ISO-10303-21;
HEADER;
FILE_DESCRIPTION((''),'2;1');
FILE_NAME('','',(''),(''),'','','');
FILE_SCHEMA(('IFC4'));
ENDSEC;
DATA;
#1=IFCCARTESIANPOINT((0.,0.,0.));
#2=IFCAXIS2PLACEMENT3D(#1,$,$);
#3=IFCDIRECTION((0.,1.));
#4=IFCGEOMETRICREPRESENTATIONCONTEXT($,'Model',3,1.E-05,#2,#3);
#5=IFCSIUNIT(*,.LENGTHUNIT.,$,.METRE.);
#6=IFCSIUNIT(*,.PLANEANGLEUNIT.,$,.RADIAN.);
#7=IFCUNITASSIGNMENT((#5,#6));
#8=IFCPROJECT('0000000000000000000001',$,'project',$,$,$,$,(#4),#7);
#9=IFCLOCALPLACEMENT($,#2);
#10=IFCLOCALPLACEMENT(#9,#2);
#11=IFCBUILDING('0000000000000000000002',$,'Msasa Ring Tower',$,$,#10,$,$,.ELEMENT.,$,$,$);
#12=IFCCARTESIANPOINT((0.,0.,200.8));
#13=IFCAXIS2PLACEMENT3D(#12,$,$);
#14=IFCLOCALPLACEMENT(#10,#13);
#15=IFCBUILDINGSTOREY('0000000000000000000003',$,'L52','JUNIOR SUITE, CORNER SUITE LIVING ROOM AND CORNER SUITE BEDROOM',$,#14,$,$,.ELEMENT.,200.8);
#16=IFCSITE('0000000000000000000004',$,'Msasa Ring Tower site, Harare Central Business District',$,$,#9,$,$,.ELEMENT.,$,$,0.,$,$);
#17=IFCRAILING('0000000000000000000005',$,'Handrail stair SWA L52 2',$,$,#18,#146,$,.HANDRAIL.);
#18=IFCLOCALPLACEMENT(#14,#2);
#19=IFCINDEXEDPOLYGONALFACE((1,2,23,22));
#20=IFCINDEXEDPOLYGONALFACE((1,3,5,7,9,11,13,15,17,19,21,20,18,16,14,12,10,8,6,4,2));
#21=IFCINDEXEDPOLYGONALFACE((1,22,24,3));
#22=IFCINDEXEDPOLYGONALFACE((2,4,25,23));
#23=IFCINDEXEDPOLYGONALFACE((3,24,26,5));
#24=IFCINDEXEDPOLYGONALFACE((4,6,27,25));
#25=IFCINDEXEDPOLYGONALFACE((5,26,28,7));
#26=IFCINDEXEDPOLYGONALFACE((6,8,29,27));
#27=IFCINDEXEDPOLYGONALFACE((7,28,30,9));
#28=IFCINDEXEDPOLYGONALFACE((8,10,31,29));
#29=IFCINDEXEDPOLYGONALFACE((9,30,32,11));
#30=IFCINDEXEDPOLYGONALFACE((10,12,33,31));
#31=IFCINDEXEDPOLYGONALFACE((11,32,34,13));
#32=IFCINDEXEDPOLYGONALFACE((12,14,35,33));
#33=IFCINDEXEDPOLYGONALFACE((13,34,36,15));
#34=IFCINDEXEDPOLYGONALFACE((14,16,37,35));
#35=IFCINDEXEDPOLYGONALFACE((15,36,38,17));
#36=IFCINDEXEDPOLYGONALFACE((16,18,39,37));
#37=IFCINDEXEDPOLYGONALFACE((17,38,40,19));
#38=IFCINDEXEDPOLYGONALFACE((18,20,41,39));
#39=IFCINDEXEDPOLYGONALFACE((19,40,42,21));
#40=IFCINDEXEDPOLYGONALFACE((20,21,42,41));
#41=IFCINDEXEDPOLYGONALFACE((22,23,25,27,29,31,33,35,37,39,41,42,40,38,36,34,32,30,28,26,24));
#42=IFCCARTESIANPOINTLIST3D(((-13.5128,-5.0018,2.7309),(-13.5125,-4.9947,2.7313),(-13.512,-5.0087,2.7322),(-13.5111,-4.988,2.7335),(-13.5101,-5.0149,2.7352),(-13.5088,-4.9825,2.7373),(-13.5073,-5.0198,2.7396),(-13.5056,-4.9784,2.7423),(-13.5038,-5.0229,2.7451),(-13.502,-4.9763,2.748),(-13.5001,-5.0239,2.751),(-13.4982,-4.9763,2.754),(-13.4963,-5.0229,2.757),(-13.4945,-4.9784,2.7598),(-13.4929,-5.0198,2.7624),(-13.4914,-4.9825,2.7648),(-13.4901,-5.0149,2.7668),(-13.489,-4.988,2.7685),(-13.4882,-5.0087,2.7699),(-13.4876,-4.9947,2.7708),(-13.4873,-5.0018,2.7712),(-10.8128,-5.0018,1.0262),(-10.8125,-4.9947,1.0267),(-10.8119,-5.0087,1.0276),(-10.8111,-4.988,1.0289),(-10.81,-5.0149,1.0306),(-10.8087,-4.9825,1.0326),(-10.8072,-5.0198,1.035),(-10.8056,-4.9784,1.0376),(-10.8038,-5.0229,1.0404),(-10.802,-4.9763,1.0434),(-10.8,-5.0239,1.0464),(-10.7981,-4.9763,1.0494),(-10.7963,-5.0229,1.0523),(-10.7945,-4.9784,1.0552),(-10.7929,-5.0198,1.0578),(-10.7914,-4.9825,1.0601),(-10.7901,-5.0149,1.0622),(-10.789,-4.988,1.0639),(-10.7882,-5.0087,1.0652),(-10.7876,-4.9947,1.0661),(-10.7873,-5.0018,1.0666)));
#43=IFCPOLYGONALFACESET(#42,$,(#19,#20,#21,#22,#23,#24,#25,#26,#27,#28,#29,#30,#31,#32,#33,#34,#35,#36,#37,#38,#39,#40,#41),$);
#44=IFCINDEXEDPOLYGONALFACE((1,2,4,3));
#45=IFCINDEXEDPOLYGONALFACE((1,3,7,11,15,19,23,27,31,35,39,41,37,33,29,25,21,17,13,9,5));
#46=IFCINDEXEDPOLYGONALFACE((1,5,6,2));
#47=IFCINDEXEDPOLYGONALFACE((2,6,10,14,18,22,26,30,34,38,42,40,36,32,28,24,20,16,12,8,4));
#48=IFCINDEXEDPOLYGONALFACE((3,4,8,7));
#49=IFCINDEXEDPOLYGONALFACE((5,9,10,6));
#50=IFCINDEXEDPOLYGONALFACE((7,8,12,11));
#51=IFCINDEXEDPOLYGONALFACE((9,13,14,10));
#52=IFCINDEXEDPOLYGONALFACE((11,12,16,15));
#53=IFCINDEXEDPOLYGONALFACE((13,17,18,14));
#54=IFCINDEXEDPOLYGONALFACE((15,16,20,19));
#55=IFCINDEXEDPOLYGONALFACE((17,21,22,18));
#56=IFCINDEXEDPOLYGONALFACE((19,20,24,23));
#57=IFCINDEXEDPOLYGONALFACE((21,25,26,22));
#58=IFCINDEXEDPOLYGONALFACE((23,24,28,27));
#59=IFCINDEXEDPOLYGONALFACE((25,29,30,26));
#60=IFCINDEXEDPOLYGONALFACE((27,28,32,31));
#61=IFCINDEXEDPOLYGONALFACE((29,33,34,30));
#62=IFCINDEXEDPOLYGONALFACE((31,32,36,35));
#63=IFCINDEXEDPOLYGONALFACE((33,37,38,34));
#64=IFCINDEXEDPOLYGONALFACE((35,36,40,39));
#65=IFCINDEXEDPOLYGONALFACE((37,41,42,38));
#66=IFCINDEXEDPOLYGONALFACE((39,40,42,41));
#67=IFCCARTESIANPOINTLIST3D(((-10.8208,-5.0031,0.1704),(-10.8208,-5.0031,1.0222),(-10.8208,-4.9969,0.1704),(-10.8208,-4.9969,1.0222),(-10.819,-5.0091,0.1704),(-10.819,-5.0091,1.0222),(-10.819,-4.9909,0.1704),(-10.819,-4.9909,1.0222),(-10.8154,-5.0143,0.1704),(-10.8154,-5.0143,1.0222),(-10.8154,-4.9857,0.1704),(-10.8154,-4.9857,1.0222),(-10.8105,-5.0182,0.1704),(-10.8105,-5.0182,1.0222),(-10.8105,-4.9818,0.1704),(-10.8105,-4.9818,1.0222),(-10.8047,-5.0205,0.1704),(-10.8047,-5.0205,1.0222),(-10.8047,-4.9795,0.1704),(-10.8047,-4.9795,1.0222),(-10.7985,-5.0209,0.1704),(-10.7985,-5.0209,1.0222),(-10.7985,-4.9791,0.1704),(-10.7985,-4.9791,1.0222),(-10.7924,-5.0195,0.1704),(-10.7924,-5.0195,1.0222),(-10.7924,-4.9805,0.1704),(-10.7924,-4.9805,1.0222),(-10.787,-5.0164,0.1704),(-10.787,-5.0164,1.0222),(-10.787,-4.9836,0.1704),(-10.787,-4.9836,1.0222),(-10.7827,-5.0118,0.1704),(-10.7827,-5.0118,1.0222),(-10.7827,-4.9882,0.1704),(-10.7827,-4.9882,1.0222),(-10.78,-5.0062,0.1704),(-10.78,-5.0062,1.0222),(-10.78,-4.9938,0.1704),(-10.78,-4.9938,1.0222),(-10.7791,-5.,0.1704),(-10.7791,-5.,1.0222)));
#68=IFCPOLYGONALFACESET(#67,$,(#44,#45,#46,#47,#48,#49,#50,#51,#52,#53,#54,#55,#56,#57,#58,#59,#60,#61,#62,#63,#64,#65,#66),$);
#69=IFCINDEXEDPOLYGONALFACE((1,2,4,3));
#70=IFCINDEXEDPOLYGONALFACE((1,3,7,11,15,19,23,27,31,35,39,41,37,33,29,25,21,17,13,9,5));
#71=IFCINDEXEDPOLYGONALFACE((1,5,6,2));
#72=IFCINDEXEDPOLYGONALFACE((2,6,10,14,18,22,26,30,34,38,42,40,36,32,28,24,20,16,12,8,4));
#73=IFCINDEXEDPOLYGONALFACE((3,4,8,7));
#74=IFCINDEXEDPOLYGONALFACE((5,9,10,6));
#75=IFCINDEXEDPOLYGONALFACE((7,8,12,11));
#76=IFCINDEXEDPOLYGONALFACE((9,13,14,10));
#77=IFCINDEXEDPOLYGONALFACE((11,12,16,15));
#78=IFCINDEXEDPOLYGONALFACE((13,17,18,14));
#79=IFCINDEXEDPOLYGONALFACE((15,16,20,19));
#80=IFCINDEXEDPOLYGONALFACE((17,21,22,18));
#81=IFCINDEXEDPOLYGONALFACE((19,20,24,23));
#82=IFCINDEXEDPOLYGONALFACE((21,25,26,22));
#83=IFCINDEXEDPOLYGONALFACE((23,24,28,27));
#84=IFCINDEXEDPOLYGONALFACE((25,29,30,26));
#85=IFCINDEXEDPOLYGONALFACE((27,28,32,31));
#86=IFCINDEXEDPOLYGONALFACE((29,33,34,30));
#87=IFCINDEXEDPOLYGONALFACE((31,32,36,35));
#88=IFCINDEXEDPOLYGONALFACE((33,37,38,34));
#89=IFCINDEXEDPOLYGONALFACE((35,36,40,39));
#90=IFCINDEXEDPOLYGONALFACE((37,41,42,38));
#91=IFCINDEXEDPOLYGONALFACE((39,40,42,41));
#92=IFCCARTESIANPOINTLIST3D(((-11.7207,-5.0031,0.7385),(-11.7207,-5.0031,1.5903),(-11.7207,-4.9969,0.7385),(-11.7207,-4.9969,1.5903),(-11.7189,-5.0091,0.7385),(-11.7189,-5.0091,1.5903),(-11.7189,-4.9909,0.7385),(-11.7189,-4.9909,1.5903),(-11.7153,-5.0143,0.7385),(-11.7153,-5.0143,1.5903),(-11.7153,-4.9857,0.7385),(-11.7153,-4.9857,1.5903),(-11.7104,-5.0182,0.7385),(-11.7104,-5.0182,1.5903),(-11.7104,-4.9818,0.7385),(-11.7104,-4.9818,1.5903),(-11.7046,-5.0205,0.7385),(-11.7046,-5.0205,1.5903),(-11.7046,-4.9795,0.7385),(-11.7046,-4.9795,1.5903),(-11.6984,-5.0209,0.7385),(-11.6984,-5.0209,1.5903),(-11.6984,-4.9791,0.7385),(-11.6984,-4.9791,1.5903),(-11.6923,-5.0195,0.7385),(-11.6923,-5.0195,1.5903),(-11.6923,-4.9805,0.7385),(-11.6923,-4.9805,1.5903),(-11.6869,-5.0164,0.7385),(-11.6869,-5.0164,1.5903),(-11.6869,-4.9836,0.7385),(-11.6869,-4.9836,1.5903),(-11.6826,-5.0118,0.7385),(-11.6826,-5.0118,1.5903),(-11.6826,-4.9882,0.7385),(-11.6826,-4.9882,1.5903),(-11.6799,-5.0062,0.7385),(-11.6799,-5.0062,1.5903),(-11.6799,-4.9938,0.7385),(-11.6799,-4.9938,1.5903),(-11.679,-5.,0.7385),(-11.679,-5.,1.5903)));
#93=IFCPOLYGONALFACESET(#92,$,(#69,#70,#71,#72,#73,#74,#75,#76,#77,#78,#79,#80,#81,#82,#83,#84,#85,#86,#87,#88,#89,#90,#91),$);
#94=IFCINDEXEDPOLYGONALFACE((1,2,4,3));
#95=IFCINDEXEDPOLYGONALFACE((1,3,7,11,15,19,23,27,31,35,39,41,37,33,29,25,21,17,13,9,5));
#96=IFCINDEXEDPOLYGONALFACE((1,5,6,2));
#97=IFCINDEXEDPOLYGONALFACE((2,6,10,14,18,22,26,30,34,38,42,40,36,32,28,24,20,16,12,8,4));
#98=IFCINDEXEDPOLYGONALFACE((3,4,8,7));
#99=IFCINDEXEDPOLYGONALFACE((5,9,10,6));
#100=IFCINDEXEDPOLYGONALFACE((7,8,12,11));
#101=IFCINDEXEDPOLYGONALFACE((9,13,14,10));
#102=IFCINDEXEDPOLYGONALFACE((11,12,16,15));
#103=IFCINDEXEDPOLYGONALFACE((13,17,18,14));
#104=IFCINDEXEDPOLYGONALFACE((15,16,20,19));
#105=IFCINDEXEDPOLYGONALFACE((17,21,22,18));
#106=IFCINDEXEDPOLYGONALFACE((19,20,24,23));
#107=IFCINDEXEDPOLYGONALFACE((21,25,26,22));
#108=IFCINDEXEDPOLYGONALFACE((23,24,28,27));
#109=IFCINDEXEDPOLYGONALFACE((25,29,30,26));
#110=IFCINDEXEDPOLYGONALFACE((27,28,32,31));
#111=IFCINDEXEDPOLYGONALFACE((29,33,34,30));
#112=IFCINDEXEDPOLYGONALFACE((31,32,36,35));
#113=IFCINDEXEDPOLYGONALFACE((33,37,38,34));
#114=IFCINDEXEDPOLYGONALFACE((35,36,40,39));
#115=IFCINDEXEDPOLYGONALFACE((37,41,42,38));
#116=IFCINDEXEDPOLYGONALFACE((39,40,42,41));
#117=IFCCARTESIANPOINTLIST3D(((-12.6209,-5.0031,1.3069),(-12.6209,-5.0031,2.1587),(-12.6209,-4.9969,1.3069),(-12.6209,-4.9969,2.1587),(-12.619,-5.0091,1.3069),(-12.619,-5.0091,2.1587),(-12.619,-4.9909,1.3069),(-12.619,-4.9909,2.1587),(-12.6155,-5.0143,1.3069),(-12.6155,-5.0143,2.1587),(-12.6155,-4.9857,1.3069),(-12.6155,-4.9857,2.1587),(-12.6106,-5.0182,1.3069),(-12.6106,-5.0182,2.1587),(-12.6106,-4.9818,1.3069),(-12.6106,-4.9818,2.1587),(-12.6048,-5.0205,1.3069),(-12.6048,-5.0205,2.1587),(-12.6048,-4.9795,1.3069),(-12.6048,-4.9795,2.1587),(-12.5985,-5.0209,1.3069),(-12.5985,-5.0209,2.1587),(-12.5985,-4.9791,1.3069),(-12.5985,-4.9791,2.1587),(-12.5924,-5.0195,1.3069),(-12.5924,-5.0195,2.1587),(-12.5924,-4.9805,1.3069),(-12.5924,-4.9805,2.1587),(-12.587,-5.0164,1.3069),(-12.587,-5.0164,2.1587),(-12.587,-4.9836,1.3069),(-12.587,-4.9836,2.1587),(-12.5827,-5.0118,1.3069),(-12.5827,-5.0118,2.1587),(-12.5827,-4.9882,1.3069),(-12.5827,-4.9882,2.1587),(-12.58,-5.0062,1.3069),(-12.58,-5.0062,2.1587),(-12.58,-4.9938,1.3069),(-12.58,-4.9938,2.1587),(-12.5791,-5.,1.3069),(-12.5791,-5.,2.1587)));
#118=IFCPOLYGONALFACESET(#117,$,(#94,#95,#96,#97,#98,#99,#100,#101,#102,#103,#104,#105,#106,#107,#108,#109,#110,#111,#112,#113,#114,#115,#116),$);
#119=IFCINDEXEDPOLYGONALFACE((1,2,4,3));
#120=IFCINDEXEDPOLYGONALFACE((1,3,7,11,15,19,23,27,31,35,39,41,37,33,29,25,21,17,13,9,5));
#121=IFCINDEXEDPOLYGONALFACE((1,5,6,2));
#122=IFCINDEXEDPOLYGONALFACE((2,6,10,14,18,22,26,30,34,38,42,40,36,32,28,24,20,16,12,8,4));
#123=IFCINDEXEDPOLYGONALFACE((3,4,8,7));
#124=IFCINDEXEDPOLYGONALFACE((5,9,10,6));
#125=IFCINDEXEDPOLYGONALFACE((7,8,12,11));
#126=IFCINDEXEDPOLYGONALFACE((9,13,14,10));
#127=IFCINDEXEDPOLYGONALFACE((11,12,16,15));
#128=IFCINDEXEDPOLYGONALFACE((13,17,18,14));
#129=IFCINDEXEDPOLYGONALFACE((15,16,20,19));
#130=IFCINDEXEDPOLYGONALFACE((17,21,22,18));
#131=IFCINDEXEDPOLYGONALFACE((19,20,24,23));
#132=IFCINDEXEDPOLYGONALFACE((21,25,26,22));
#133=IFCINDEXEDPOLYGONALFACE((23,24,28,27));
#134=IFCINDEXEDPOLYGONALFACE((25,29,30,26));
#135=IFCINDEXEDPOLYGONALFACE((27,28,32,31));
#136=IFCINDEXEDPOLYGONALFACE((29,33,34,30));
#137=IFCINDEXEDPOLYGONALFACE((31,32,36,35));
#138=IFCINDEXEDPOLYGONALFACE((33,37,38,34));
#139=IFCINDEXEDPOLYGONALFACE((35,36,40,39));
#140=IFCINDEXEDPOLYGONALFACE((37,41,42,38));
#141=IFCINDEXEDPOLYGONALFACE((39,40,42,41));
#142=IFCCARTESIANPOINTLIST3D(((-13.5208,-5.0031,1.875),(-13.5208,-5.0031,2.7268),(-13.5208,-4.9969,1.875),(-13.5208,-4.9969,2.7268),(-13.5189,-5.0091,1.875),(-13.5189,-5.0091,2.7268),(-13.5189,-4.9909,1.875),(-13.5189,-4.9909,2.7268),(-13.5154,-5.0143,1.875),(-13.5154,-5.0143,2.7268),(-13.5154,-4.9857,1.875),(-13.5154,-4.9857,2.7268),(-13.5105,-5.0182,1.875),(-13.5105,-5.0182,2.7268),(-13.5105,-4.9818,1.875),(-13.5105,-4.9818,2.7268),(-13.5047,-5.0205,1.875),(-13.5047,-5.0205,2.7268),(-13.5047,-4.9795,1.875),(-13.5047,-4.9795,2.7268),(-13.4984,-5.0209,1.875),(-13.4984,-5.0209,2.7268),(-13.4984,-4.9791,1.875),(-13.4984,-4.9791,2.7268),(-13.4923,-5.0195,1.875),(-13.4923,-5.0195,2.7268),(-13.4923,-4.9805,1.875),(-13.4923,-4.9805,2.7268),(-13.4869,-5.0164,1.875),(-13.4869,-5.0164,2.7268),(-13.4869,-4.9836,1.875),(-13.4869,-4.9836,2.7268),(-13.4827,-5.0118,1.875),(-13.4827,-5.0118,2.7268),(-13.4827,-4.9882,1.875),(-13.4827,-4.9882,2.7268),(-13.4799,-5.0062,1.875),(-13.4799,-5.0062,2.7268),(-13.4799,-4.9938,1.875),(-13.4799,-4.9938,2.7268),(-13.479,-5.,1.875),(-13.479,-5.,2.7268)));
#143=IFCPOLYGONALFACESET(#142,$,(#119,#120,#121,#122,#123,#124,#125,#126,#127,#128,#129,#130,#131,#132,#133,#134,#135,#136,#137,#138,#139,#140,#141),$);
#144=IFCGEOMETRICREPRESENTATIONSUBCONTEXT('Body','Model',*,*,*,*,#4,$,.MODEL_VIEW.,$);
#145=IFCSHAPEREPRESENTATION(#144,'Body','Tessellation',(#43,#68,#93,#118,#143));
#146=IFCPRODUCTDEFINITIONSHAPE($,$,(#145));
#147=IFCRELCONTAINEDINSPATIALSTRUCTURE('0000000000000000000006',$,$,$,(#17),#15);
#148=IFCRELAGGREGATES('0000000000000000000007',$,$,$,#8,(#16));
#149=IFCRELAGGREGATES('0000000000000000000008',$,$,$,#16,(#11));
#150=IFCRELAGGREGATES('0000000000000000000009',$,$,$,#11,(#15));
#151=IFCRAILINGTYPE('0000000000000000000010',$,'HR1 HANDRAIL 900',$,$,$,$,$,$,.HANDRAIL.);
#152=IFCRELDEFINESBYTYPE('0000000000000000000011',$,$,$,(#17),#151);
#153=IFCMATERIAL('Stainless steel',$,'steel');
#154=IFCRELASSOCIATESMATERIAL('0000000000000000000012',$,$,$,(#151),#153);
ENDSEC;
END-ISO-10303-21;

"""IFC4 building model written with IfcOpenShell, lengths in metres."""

from ifc_helpers import new_model, si_unit, direction, frame, origin, origin_2d, place, context, subcontext, project, spatial, circle, extrude, material, type_object, element, save


model = new_model("IFC4")

# Units and contexts
model_context = context("Model", 3, precision=1e-05, world=origin(), true_north=direction((0.0, 1.0)))
body_context = subcontext(model_context, "Body", "Model", "MODEL_VIEW")
ifc_project = project(units=[si_unit("LENGTHUNIT", "METRE"), si_unit("PLANEANGLEUNIT", "RADIAN")], contexts=[model_context])

# Site, building, storey
site_placement = place(None, origin())
site = spatial("IfcSite", under=ifc_project, at=site_placement, Name="Msasa Ring Tower site, Harare Central Business District", CompositionType="ELEMENT", RefElevation=0.0)
building_placement = place(site_placement, origin())
building = spatial("IfcBuilding", under=site, at=building_placement, Name="Msasa Ring Tower", CompositionType="ELEMENT")
storey_placement = place(building_placement, frame((0.0, 0.0, 200.8)))
storey = spatial("IfcBuildingStorey", under=building, at=storey_placement, Name="L52", Description="JUNIOR SUITE, CORNER SUITE LIVING ROOM AND CORNER SUITE BEDROOM", CompositionType="ELEMENT", Elevation=200.8)

# Railing
ifc_material_1 = material(Name="Stainless steel", Category="steel")
railing_type = type_object("IfcRailingType", Name="HR1 HANDRAIL 900", PredefinedType="HANDRAIL", material=ifc_material_1)
for number, where, name in (
    (1, (-10.8, -5.0, 0.1704), "Handrail stair SWA L52 2"),
):
    element("IfcRailing", number, at=place(storey_placement, frame(where)), inside=storey, type_object=railing_type, Name=name, PredefinedType="HANDRAIL", context=body_context, shape_type="SweptSolid", body=[
        extrude(circle(Radius=0.0239, at=origin_2d()), frame((0.0, 0.0, 0.876), z_axis=(-0.84558, 0.0, 0.533849), x_axis=(0.0, -1.0, 0.0)), (0.0, 0.0, 1.0), 3.1931),
        extrude(circle(Radius=0.021, at=origin_2d()), origin(), (0.0, 0.0, 1.0), 0.8518),
        extrude(circle(Radius=0.021, at=origin_2d()), frame((-0.8999, 0.0, 0.5681)), (0.0, 0.0, 1.0), 0.8518),
        extrude(circle(Radius=0.021, at=origin_2d()), frame((-1.8, 0.0, 1.1365)), (0.0, 0.0, 1.0), 0.8518),
        extrude(circle(Radius=0.021, at=origin_2d()), frame((-2.7, 0.0, 1.7046)), (0.0, 0.0, 1.0), 0.8518),
    ])

save(model, "model.ifc")
